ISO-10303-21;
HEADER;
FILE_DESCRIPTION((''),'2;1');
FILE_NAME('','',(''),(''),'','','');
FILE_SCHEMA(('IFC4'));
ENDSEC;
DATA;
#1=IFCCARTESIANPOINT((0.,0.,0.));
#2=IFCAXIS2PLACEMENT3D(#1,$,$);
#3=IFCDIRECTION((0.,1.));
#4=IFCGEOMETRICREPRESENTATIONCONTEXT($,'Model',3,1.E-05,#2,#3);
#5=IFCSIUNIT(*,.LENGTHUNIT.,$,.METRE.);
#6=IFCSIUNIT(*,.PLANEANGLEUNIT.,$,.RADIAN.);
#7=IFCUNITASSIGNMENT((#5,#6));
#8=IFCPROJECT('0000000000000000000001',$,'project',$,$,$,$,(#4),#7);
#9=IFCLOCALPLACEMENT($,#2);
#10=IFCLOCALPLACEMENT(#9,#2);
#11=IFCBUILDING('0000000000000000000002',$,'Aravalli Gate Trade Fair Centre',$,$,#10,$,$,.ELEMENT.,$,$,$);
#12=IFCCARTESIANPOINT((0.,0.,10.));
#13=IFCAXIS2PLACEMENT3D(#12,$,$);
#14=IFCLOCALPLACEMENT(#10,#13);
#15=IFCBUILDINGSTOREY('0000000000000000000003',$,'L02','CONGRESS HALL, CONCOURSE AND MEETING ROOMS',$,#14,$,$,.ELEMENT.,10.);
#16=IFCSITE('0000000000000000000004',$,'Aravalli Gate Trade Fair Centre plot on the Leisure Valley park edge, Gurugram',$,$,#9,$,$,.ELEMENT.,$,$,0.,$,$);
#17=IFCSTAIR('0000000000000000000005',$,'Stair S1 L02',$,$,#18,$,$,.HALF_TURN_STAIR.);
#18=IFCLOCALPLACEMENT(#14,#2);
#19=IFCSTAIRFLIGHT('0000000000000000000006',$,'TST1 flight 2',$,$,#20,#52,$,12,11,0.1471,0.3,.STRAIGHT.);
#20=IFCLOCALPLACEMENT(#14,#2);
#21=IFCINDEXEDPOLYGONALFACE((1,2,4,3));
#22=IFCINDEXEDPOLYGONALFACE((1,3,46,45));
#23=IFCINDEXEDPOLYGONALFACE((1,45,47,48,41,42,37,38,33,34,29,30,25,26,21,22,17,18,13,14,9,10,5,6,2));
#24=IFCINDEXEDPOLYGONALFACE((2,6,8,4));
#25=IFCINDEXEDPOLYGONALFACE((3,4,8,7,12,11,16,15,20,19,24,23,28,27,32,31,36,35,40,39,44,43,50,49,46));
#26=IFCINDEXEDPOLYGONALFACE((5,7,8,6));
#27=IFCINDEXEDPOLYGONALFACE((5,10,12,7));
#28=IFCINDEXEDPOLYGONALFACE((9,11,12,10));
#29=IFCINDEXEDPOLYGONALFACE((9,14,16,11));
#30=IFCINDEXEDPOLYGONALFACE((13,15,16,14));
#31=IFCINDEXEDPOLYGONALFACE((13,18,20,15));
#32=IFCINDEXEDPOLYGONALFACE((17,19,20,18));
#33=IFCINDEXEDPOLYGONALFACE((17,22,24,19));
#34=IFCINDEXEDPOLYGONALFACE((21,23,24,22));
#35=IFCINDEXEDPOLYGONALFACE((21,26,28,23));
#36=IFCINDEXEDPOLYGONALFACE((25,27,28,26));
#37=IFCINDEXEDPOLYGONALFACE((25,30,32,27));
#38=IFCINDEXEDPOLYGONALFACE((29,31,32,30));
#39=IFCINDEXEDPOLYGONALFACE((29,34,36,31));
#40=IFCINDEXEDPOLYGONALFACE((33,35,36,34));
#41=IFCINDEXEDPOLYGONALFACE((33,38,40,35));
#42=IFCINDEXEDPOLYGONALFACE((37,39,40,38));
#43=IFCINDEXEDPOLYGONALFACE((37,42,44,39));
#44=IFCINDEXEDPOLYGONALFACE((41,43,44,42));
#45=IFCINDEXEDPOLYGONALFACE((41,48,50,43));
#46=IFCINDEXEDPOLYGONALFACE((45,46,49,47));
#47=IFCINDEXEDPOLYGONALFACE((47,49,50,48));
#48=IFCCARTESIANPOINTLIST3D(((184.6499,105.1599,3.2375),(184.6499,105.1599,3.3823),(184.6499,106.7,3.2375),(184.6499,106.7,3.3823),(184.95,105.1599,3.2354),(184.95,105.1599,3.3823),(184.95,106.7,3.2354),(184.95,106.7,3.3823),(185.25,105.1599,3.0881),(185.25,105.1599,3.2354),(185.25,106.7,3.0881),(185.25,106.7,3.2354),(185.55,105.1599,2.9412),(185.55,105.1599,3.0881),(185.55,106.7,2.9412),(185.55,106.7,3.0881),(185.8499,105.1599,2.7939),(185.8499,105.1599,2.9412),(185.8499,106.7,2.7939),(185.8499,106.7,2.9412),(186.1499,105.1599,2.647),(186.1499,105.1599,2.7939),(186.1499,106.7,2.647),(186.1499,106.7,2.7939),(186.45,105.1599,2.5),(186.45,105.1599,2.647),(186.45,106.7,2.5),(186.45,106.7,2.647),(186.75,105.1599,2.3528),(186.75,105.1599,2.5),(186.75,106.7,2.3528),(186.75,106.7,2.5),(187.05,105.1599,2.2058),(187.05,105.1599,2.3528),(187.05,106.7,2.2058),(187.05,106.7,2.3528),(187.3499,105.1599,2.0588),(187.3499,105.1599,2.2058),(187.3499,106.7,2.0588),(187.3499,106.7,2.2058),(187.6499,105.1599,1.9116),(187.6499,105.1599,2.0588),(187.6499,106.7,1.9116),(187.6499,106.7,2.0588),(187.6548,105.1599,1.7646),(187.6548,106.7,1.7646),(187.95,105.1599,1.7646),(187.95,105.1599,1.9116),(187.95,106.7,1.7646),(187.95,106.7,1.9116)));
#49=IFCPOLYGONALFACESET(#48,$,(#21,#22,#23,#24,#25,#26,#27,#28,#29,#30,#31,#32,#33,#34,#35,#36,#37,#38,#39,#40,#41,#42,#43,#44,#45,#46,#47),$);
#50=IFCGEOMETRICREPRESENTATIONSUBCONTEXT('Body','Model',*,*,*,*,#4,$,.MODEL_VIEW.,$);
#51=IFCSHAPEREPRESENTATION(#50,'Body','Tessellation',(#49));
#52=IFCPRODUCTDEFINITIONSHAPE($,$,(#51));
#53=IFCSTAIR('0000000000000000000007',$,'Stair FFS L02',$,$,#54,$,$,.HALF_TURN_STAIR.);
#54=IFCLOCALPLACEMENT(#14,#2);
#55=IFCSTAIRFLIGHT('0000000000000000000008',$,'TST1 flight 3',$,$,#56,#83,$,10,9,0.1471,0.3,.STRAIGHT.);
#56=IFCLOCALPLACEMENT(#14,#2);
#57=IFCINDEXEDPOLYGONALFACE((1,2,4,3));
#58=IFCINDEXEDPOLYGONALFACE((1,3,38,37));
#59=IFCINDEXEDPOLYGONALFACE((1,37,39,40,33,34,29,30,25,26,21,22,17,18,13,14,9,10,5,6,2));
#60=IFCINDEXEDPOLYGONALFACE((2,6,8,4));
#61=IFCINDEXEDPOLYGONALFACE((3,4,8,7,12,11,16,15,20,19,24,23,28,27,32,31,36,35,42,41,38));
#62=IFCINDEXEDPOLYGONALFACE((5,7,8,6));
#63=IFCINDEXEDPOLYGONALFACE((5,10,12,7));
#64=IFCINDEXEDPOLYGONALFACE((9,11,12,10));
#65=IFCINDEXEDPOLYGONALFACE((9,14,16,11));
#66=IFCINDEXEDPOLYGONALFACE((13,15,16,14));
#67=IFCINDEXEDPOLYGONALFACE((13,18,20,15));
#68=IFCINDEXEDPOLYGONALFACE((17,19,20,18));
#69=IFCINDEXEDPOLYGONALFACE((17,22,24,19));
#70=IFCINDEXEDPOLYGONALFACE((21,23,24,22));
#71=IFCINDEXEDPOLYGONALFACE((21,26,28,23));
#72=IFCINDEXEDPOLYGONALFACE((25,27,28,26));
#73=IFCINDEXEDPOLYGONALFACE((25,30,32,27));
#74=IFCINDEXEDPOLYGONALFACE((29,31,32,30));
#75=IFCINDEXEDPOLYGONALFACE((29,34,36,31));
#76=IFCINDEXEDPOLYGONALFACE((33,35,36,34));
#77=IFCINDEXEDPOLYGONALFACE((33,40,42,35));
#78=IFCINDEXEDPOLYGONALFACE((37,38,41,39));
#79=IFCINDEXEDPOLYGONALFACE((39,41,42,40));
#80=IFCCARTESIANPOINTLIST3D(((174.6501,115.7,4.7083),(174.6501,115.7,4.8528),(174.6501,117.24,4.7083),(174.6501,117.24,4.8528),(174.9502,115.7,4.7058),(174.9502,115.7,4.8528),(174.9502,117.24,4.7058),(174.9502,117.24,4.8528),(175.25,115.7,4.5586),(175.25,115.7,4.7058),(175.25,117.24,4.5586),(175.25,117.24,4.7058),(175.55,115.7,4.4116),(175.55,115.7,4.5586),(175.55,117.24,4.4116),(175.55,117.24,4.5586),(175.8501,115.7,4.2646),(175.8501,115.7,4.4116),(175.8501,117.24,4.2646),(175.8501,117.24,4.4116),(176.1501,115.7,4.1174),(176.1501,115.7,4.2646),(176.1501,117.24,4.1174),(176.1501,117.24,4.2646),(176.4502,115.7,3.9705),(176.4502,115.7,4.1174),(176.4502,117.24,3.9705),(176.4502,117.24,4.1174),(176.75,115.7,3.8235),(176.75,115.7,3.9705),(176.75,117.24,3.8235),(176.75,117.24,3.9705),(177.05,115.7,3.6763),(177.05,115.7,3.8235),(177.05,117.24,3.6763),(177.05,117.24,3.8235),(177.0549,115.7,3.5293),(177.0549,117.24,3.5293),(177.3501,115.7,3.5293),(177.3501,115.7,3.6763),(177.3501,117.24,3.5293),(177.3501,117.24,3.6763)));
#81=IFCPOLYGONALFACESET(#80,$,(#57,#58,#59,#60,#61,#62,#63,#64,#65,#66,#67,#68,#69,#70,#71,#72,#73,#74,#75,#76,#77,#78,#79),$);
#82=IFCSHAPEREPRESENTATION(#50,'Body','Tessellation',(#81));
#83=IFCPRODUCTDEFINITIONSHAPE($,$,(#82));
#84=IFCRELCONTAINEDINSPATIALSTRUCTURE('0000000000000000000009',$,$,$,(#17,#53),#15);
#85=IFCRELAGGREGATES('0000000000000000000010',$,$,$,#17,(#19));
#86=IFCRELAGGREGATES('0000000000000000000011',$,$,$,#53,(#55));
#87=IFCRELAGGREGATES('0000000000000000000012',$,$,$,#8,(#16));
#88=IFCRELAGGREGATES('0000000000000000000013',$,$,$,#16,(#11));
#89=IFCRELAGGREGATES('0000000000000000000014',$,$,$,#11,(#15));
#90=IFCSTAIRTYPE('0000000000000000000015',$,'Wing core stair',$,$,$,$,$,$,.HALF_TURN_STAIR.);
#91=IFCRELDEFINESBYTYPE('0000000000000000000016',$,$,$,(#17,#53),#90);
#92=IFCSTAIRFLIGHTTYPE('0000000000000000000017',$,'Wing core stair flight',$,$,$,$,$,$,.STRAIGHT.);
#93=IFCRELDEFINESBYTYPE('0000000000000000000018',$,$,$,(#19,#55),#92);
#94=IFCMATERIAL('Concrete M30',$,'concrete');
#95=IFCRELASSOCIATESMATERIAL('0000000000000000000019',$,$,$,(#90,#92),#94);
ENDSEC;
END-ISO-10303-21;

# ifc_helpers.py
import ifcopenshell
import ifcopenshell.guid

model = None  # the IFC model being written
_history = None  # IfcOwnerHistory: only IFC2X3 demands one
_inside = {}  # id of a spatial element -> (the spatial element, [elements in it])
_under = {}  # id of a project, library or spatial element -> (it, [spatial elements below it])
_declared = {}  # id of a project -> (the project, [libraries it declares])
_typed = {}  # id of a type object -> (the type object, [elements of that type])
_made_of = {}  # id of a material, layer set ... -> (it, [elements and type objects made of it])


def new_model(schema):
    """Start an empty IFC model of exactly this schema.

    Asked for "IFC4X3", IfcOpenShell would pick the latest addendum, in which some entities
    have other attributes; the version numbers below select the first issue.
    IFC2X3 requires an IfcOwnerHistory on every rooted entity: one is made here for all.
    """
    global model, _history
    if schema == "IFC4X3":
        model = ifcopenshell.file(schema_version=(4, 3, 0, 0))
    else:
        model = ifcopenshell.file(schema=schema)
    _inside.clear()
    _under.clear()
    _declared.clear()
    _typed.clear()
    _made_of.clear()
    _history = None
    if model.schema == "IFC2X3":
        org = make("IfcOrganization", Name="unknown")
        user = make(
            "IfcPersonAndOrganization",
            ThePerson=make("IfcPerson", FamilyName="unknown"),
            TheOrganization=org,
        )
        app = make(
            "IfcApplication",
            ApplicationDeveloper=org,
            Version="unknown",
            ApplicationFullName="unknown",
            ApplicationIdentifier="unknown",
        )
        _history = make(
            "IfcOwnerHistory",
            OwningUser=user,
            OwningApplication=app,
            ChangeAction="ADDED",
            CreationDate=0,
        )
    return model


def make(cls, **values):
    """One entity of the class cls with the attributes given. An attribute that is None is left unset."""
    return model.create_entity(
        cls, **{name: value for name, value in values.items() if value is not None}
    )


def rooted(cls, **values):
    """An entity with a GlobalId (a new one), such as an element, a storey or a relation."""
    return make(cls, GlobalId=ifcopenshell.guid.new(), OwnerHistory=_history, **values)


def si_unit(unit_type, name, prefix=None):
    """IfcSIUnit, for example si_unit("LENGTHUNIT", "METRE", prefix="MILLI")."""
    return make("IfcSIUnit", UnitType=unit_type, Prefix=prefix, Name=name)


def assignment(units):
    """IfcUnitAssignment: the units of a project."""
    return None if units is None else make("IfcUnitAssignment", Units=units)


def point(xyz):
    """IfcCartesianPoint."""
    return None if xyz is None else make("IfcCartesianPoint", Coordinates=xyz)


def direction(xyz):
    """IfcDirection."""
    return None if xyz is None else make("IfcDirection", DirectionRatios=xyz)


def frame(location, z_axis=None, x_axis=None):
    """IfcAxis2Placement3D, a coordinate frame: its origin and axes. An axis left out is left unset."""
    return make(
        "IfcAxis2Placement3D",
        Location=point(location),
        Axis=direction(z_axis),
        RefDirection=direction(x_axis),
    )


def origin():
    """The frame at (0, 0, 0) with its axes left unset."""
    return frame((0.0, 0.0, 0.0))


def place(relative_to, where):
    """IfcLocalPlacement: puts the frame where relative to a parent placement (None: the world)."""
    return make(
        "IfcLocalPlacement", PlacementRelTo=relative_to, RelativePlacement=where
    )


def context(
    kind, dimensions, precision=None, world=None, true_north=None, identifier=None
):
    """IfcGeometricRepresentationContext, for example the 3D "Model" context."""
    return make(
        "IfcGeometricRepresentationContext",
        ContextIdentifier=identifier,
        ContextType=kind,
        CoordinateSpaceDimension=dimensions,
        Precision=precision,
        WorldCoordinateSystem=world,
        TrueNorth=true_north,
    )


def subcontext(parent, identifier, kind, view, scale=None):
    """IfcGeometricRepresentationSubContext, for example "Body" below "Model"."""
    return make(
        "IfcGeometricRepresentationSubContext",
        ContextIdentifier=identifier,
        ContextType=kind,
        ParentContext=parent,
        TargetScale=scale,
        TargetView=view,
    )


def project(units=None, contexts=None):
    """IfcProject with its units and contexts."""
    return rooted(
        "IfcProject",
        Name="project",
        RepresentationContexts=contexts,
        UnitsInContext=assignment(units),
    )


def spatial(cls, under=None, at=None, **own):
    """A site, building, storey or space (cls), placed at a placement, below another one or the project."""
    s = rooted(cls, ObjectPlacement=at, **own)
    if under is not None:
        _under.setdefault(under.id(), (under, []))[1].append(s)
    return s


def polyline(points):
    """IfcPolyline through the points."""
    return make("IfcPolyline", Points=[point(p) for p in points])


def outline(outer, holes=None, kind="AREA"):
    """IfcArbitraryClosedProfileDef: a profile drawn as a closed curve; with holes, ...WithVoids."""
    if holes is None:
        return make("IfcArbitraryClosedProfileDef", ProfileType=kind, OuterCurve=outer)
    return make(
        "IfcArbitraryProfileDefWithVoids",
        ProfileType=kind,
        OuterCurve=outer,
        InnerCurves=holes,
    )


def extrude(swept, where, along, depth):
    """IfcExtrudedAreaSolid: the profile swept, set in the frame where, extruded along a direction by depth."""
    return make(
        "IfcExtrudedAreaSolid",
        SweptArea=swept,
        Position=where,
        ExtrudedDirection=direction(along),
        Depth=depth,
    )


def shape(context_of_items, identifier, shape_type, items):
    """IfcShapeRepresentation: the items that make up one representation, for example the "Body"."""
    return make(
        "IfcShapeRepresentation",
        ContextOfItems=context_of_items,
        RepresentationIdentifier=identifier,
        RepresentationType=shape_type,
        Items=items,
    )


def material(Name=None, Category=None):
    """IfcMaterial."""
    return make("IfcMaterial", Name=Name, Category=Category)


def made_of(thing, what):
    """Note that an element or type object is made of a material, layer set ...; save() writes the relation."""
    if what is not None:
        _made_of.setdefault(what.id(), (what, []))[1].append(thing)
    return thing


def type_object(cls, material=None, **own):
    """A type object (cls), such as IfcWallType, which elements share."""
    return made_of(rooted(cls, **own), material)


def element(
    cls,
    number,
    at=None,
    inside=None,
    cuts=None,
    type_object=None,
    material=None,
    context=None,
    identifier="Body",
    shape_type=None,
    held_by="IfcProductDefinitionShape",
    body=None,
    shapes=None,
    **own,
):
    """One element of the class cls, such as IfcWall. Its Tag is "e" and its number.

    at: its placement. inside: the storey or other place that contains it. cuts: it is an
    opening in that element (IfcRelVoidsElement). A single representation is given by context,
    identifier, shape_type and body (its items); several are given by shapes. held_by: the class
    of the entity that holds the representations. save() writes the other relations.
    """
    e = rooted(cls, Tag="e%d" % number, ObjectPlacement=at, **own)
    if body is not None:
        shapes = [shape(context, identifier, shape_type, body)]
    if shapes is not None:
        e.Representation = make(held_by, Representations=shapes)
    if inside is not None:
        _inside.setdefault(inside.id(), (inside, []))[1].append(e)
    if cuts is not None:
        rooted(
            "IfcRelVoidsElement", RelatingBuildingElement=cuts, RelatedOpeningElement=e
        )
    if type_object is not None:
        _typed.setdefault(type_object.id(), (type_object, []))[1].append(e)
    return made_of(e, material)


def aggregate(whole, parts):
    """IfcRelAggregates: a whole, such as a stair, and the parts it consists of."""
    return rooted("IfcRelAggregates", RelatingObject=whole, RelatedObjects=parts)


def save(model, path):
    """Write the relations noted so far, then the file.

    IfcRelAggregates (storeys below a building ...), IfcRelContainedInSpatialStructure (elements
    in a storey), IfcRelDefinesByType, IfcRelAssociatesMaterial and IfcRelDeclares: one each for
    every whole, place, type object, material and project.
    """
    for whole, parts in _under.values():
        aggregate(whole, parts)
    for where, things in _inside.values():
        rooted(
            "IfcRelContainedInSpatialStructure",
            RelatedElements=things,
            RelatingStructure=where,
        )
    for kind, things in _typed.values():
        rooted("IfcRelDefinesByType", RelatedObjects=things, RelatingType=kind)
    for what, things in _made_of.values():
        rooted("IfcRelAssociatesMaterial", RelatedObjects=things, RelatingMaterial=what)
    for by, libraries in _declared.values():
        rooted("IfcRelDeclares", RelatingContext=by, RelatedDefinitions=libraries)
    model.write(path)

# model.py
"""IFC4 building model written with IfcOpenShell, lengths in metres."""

from ifc_helpers import new_model, si_unit, direction, frame, origin, place, context, subcontext, project, spatial, polyline, outline, extrude, material, type_object, element, aggregate, save


model = new_model("IFC4")

# Units and contexts
model_context = context("Model", 3, precision=1e-05, world=origin(), true_north=direction((0.0, 1.0)))
body_context = subcontext(model_context, "Body", "Model", "MODEL_VIEW")
ifc_project = project(units=[si_unit("LENGTHUNIT", "METRE"), si_unit("PLANEANGLEUNIT", "RADIAN")], contexts=[model_context])

# Site, building, storey
site_placement = place(None, origin())
site = spatial("IfcSite", under=ifc_project, at=site_placement, Name="Aravalli Gate Trade Fair Centre plot on the Leisure Valley park edge, Gurugram", CompositionType="ELEMENT", RefElevation=0.0)
building_placement = place(site_placement, origin())
building = spatial("IfcBuilding", under=site, at=building_placement, Name="Aravalli Gate Trade Fair Centre", CompositionType="ELEMENT")
storey_placement = place(building_placement, frame((0.0, 0.0, 10.0)))
storey = spatial("IfcBuildingStorey", under=building, at=storey_placement, Name="L02", Description="CONGRESS HALL, CONCOURSE AND MEETING ROOMS", CompositionType="ELEMENT", Elevation=10.0)

# Shared definitions
ifc_material_1 = material(Name="Concrete M30", Category="concrete")

# Stairs, stair flights
stair_type = type_object("IfcStairType", Name="Wing core stair", PredefinedType="HALF_TURN_STAIR", material=ifc_material_1)
stair_1_placement = place(storey_placement, origin())
stair_1 = element("IfcStair", 1, at=stair_1_placement, inside=storey, type_object=stair_type, Name="Stair S1 L02", PredefinedType="HALF_TURN_STAIR")
stair_flight_type = type_object("IfcStairFlightType", Name="Wing core stair flight", PredefinedType="STRAIGHT", material=ifc_material_1)
stair_flight_1_placement = place(storey_placement, frame((187.95, 105.9299, 1.7646), z_axis=(0.0, 0.0, 1.0), x_axis=(-1.0, 0.0, 0.0)))
stair_flight_1 = element("IfcStairFlight", 2, at=stair_flight_1_placement, type_object=stair_flight_type, Name="TST1 flight 2", NumberOfRisers=12, NumberOfTreads=11, PredefinedType="STRAIGHT", RiserHeight=0.1471, TreadLength=0.3, context=body_context, shape_type="SweptSolid", body=[
    extrude(outline(polyline([(0.0, 0.0), (0.0, 0.147), (0.3, 0.147), (0.3, 0.2942), (0.6001, 0.2942), (0.6001, 0.4412), (0.8999, 0.4412), (0.8999, 0.5881), (1.2, 0.5881), (1.2, 0.7354), (1.5, 0.7354), (1.5, 0.8823), (1.8, 0.8823), (1.8, 1.0293), (2.1001, 1.0293), (2.1001, 1.1765), (2.3999, 1.1765), (2.3999, 1.3235), (2.7, 1.3235), (2.7, 1.4707), (3.0, 1.4707), (3.0, 1.6177), (3.3, 1.6177), (3.3, 1.7646), (3.3, 1.4729), (0.2952, 0.0), (0.0, 0.0)])), frame((0.0, 0.77, 0.0), z_axis=(0.0, -1.0, 0.0), x_axis=(1.0, 0.0, 0.0)), (0.0, 0.0, 1.0), 1.54),
])
aggregate(stair_1, [stair_flight_1])
stair_2_placement = place(storey_placement, origin())
stair_2 = element("IfcStair", 3, at=stair_2_placement, inside=storey, type_object=stair_type, Name="Stair FFS L02", PredefinedType="HALF_TURN_STAIR")
stair_flight_2_placement = place(storey_placement, frame((177.3501, 116.47, 3.5293), z_axis=(0.0, 0.0, 1.0), x_axis=(-1.0, 0.0, 0.0)))
stair_flight_2 = element("IfcStairFlight", 4, at=stair_flight_2_placement, type_object=stair_flight_type, Name="TST1 flight 3", NumberOfRisers=10, NumberOfTreads=9, PredefinedType="STRAIGHT", RiserHeight=0.1471, TreadLength=0.3, context=body_context, shape_type="SweptSolid", body=[
    extrude(outline(polyline([(0.0, 0.0), (0.0, 0.147), (0.3, 0.147), (0.3, 0.2942), (0.6001, 0.2942), (0.6001, 0.4412), (0.8999, 0.4412), (0.8999, 0.5881), (1.2, 0.5881), (1.2, 0.7354), (1.5, 0.7354), (1.5, 0.8823), (1.8, 0.8823), (1.8, 1.0293), (2.1001, 1.0293), (2.1001, 1.1765), (2.3999, 1.1765), (2.3999, 1.3235), (2.7, 1.3235), (2.7, 1.4707), (2.7, 1.179), (0.2952, 0.0), (0.0, 0.0)])), frame((0.0, 0.77, 0.0), z_axis=(0.0, -1.0, 0.0), x_axis=(1.0, 0.0, 0.0)), (0.0, 0.0, 1.0), 1.54),
])
aggregate(stair_2, [stair_flight_2])

save(model, "model.ifc")
